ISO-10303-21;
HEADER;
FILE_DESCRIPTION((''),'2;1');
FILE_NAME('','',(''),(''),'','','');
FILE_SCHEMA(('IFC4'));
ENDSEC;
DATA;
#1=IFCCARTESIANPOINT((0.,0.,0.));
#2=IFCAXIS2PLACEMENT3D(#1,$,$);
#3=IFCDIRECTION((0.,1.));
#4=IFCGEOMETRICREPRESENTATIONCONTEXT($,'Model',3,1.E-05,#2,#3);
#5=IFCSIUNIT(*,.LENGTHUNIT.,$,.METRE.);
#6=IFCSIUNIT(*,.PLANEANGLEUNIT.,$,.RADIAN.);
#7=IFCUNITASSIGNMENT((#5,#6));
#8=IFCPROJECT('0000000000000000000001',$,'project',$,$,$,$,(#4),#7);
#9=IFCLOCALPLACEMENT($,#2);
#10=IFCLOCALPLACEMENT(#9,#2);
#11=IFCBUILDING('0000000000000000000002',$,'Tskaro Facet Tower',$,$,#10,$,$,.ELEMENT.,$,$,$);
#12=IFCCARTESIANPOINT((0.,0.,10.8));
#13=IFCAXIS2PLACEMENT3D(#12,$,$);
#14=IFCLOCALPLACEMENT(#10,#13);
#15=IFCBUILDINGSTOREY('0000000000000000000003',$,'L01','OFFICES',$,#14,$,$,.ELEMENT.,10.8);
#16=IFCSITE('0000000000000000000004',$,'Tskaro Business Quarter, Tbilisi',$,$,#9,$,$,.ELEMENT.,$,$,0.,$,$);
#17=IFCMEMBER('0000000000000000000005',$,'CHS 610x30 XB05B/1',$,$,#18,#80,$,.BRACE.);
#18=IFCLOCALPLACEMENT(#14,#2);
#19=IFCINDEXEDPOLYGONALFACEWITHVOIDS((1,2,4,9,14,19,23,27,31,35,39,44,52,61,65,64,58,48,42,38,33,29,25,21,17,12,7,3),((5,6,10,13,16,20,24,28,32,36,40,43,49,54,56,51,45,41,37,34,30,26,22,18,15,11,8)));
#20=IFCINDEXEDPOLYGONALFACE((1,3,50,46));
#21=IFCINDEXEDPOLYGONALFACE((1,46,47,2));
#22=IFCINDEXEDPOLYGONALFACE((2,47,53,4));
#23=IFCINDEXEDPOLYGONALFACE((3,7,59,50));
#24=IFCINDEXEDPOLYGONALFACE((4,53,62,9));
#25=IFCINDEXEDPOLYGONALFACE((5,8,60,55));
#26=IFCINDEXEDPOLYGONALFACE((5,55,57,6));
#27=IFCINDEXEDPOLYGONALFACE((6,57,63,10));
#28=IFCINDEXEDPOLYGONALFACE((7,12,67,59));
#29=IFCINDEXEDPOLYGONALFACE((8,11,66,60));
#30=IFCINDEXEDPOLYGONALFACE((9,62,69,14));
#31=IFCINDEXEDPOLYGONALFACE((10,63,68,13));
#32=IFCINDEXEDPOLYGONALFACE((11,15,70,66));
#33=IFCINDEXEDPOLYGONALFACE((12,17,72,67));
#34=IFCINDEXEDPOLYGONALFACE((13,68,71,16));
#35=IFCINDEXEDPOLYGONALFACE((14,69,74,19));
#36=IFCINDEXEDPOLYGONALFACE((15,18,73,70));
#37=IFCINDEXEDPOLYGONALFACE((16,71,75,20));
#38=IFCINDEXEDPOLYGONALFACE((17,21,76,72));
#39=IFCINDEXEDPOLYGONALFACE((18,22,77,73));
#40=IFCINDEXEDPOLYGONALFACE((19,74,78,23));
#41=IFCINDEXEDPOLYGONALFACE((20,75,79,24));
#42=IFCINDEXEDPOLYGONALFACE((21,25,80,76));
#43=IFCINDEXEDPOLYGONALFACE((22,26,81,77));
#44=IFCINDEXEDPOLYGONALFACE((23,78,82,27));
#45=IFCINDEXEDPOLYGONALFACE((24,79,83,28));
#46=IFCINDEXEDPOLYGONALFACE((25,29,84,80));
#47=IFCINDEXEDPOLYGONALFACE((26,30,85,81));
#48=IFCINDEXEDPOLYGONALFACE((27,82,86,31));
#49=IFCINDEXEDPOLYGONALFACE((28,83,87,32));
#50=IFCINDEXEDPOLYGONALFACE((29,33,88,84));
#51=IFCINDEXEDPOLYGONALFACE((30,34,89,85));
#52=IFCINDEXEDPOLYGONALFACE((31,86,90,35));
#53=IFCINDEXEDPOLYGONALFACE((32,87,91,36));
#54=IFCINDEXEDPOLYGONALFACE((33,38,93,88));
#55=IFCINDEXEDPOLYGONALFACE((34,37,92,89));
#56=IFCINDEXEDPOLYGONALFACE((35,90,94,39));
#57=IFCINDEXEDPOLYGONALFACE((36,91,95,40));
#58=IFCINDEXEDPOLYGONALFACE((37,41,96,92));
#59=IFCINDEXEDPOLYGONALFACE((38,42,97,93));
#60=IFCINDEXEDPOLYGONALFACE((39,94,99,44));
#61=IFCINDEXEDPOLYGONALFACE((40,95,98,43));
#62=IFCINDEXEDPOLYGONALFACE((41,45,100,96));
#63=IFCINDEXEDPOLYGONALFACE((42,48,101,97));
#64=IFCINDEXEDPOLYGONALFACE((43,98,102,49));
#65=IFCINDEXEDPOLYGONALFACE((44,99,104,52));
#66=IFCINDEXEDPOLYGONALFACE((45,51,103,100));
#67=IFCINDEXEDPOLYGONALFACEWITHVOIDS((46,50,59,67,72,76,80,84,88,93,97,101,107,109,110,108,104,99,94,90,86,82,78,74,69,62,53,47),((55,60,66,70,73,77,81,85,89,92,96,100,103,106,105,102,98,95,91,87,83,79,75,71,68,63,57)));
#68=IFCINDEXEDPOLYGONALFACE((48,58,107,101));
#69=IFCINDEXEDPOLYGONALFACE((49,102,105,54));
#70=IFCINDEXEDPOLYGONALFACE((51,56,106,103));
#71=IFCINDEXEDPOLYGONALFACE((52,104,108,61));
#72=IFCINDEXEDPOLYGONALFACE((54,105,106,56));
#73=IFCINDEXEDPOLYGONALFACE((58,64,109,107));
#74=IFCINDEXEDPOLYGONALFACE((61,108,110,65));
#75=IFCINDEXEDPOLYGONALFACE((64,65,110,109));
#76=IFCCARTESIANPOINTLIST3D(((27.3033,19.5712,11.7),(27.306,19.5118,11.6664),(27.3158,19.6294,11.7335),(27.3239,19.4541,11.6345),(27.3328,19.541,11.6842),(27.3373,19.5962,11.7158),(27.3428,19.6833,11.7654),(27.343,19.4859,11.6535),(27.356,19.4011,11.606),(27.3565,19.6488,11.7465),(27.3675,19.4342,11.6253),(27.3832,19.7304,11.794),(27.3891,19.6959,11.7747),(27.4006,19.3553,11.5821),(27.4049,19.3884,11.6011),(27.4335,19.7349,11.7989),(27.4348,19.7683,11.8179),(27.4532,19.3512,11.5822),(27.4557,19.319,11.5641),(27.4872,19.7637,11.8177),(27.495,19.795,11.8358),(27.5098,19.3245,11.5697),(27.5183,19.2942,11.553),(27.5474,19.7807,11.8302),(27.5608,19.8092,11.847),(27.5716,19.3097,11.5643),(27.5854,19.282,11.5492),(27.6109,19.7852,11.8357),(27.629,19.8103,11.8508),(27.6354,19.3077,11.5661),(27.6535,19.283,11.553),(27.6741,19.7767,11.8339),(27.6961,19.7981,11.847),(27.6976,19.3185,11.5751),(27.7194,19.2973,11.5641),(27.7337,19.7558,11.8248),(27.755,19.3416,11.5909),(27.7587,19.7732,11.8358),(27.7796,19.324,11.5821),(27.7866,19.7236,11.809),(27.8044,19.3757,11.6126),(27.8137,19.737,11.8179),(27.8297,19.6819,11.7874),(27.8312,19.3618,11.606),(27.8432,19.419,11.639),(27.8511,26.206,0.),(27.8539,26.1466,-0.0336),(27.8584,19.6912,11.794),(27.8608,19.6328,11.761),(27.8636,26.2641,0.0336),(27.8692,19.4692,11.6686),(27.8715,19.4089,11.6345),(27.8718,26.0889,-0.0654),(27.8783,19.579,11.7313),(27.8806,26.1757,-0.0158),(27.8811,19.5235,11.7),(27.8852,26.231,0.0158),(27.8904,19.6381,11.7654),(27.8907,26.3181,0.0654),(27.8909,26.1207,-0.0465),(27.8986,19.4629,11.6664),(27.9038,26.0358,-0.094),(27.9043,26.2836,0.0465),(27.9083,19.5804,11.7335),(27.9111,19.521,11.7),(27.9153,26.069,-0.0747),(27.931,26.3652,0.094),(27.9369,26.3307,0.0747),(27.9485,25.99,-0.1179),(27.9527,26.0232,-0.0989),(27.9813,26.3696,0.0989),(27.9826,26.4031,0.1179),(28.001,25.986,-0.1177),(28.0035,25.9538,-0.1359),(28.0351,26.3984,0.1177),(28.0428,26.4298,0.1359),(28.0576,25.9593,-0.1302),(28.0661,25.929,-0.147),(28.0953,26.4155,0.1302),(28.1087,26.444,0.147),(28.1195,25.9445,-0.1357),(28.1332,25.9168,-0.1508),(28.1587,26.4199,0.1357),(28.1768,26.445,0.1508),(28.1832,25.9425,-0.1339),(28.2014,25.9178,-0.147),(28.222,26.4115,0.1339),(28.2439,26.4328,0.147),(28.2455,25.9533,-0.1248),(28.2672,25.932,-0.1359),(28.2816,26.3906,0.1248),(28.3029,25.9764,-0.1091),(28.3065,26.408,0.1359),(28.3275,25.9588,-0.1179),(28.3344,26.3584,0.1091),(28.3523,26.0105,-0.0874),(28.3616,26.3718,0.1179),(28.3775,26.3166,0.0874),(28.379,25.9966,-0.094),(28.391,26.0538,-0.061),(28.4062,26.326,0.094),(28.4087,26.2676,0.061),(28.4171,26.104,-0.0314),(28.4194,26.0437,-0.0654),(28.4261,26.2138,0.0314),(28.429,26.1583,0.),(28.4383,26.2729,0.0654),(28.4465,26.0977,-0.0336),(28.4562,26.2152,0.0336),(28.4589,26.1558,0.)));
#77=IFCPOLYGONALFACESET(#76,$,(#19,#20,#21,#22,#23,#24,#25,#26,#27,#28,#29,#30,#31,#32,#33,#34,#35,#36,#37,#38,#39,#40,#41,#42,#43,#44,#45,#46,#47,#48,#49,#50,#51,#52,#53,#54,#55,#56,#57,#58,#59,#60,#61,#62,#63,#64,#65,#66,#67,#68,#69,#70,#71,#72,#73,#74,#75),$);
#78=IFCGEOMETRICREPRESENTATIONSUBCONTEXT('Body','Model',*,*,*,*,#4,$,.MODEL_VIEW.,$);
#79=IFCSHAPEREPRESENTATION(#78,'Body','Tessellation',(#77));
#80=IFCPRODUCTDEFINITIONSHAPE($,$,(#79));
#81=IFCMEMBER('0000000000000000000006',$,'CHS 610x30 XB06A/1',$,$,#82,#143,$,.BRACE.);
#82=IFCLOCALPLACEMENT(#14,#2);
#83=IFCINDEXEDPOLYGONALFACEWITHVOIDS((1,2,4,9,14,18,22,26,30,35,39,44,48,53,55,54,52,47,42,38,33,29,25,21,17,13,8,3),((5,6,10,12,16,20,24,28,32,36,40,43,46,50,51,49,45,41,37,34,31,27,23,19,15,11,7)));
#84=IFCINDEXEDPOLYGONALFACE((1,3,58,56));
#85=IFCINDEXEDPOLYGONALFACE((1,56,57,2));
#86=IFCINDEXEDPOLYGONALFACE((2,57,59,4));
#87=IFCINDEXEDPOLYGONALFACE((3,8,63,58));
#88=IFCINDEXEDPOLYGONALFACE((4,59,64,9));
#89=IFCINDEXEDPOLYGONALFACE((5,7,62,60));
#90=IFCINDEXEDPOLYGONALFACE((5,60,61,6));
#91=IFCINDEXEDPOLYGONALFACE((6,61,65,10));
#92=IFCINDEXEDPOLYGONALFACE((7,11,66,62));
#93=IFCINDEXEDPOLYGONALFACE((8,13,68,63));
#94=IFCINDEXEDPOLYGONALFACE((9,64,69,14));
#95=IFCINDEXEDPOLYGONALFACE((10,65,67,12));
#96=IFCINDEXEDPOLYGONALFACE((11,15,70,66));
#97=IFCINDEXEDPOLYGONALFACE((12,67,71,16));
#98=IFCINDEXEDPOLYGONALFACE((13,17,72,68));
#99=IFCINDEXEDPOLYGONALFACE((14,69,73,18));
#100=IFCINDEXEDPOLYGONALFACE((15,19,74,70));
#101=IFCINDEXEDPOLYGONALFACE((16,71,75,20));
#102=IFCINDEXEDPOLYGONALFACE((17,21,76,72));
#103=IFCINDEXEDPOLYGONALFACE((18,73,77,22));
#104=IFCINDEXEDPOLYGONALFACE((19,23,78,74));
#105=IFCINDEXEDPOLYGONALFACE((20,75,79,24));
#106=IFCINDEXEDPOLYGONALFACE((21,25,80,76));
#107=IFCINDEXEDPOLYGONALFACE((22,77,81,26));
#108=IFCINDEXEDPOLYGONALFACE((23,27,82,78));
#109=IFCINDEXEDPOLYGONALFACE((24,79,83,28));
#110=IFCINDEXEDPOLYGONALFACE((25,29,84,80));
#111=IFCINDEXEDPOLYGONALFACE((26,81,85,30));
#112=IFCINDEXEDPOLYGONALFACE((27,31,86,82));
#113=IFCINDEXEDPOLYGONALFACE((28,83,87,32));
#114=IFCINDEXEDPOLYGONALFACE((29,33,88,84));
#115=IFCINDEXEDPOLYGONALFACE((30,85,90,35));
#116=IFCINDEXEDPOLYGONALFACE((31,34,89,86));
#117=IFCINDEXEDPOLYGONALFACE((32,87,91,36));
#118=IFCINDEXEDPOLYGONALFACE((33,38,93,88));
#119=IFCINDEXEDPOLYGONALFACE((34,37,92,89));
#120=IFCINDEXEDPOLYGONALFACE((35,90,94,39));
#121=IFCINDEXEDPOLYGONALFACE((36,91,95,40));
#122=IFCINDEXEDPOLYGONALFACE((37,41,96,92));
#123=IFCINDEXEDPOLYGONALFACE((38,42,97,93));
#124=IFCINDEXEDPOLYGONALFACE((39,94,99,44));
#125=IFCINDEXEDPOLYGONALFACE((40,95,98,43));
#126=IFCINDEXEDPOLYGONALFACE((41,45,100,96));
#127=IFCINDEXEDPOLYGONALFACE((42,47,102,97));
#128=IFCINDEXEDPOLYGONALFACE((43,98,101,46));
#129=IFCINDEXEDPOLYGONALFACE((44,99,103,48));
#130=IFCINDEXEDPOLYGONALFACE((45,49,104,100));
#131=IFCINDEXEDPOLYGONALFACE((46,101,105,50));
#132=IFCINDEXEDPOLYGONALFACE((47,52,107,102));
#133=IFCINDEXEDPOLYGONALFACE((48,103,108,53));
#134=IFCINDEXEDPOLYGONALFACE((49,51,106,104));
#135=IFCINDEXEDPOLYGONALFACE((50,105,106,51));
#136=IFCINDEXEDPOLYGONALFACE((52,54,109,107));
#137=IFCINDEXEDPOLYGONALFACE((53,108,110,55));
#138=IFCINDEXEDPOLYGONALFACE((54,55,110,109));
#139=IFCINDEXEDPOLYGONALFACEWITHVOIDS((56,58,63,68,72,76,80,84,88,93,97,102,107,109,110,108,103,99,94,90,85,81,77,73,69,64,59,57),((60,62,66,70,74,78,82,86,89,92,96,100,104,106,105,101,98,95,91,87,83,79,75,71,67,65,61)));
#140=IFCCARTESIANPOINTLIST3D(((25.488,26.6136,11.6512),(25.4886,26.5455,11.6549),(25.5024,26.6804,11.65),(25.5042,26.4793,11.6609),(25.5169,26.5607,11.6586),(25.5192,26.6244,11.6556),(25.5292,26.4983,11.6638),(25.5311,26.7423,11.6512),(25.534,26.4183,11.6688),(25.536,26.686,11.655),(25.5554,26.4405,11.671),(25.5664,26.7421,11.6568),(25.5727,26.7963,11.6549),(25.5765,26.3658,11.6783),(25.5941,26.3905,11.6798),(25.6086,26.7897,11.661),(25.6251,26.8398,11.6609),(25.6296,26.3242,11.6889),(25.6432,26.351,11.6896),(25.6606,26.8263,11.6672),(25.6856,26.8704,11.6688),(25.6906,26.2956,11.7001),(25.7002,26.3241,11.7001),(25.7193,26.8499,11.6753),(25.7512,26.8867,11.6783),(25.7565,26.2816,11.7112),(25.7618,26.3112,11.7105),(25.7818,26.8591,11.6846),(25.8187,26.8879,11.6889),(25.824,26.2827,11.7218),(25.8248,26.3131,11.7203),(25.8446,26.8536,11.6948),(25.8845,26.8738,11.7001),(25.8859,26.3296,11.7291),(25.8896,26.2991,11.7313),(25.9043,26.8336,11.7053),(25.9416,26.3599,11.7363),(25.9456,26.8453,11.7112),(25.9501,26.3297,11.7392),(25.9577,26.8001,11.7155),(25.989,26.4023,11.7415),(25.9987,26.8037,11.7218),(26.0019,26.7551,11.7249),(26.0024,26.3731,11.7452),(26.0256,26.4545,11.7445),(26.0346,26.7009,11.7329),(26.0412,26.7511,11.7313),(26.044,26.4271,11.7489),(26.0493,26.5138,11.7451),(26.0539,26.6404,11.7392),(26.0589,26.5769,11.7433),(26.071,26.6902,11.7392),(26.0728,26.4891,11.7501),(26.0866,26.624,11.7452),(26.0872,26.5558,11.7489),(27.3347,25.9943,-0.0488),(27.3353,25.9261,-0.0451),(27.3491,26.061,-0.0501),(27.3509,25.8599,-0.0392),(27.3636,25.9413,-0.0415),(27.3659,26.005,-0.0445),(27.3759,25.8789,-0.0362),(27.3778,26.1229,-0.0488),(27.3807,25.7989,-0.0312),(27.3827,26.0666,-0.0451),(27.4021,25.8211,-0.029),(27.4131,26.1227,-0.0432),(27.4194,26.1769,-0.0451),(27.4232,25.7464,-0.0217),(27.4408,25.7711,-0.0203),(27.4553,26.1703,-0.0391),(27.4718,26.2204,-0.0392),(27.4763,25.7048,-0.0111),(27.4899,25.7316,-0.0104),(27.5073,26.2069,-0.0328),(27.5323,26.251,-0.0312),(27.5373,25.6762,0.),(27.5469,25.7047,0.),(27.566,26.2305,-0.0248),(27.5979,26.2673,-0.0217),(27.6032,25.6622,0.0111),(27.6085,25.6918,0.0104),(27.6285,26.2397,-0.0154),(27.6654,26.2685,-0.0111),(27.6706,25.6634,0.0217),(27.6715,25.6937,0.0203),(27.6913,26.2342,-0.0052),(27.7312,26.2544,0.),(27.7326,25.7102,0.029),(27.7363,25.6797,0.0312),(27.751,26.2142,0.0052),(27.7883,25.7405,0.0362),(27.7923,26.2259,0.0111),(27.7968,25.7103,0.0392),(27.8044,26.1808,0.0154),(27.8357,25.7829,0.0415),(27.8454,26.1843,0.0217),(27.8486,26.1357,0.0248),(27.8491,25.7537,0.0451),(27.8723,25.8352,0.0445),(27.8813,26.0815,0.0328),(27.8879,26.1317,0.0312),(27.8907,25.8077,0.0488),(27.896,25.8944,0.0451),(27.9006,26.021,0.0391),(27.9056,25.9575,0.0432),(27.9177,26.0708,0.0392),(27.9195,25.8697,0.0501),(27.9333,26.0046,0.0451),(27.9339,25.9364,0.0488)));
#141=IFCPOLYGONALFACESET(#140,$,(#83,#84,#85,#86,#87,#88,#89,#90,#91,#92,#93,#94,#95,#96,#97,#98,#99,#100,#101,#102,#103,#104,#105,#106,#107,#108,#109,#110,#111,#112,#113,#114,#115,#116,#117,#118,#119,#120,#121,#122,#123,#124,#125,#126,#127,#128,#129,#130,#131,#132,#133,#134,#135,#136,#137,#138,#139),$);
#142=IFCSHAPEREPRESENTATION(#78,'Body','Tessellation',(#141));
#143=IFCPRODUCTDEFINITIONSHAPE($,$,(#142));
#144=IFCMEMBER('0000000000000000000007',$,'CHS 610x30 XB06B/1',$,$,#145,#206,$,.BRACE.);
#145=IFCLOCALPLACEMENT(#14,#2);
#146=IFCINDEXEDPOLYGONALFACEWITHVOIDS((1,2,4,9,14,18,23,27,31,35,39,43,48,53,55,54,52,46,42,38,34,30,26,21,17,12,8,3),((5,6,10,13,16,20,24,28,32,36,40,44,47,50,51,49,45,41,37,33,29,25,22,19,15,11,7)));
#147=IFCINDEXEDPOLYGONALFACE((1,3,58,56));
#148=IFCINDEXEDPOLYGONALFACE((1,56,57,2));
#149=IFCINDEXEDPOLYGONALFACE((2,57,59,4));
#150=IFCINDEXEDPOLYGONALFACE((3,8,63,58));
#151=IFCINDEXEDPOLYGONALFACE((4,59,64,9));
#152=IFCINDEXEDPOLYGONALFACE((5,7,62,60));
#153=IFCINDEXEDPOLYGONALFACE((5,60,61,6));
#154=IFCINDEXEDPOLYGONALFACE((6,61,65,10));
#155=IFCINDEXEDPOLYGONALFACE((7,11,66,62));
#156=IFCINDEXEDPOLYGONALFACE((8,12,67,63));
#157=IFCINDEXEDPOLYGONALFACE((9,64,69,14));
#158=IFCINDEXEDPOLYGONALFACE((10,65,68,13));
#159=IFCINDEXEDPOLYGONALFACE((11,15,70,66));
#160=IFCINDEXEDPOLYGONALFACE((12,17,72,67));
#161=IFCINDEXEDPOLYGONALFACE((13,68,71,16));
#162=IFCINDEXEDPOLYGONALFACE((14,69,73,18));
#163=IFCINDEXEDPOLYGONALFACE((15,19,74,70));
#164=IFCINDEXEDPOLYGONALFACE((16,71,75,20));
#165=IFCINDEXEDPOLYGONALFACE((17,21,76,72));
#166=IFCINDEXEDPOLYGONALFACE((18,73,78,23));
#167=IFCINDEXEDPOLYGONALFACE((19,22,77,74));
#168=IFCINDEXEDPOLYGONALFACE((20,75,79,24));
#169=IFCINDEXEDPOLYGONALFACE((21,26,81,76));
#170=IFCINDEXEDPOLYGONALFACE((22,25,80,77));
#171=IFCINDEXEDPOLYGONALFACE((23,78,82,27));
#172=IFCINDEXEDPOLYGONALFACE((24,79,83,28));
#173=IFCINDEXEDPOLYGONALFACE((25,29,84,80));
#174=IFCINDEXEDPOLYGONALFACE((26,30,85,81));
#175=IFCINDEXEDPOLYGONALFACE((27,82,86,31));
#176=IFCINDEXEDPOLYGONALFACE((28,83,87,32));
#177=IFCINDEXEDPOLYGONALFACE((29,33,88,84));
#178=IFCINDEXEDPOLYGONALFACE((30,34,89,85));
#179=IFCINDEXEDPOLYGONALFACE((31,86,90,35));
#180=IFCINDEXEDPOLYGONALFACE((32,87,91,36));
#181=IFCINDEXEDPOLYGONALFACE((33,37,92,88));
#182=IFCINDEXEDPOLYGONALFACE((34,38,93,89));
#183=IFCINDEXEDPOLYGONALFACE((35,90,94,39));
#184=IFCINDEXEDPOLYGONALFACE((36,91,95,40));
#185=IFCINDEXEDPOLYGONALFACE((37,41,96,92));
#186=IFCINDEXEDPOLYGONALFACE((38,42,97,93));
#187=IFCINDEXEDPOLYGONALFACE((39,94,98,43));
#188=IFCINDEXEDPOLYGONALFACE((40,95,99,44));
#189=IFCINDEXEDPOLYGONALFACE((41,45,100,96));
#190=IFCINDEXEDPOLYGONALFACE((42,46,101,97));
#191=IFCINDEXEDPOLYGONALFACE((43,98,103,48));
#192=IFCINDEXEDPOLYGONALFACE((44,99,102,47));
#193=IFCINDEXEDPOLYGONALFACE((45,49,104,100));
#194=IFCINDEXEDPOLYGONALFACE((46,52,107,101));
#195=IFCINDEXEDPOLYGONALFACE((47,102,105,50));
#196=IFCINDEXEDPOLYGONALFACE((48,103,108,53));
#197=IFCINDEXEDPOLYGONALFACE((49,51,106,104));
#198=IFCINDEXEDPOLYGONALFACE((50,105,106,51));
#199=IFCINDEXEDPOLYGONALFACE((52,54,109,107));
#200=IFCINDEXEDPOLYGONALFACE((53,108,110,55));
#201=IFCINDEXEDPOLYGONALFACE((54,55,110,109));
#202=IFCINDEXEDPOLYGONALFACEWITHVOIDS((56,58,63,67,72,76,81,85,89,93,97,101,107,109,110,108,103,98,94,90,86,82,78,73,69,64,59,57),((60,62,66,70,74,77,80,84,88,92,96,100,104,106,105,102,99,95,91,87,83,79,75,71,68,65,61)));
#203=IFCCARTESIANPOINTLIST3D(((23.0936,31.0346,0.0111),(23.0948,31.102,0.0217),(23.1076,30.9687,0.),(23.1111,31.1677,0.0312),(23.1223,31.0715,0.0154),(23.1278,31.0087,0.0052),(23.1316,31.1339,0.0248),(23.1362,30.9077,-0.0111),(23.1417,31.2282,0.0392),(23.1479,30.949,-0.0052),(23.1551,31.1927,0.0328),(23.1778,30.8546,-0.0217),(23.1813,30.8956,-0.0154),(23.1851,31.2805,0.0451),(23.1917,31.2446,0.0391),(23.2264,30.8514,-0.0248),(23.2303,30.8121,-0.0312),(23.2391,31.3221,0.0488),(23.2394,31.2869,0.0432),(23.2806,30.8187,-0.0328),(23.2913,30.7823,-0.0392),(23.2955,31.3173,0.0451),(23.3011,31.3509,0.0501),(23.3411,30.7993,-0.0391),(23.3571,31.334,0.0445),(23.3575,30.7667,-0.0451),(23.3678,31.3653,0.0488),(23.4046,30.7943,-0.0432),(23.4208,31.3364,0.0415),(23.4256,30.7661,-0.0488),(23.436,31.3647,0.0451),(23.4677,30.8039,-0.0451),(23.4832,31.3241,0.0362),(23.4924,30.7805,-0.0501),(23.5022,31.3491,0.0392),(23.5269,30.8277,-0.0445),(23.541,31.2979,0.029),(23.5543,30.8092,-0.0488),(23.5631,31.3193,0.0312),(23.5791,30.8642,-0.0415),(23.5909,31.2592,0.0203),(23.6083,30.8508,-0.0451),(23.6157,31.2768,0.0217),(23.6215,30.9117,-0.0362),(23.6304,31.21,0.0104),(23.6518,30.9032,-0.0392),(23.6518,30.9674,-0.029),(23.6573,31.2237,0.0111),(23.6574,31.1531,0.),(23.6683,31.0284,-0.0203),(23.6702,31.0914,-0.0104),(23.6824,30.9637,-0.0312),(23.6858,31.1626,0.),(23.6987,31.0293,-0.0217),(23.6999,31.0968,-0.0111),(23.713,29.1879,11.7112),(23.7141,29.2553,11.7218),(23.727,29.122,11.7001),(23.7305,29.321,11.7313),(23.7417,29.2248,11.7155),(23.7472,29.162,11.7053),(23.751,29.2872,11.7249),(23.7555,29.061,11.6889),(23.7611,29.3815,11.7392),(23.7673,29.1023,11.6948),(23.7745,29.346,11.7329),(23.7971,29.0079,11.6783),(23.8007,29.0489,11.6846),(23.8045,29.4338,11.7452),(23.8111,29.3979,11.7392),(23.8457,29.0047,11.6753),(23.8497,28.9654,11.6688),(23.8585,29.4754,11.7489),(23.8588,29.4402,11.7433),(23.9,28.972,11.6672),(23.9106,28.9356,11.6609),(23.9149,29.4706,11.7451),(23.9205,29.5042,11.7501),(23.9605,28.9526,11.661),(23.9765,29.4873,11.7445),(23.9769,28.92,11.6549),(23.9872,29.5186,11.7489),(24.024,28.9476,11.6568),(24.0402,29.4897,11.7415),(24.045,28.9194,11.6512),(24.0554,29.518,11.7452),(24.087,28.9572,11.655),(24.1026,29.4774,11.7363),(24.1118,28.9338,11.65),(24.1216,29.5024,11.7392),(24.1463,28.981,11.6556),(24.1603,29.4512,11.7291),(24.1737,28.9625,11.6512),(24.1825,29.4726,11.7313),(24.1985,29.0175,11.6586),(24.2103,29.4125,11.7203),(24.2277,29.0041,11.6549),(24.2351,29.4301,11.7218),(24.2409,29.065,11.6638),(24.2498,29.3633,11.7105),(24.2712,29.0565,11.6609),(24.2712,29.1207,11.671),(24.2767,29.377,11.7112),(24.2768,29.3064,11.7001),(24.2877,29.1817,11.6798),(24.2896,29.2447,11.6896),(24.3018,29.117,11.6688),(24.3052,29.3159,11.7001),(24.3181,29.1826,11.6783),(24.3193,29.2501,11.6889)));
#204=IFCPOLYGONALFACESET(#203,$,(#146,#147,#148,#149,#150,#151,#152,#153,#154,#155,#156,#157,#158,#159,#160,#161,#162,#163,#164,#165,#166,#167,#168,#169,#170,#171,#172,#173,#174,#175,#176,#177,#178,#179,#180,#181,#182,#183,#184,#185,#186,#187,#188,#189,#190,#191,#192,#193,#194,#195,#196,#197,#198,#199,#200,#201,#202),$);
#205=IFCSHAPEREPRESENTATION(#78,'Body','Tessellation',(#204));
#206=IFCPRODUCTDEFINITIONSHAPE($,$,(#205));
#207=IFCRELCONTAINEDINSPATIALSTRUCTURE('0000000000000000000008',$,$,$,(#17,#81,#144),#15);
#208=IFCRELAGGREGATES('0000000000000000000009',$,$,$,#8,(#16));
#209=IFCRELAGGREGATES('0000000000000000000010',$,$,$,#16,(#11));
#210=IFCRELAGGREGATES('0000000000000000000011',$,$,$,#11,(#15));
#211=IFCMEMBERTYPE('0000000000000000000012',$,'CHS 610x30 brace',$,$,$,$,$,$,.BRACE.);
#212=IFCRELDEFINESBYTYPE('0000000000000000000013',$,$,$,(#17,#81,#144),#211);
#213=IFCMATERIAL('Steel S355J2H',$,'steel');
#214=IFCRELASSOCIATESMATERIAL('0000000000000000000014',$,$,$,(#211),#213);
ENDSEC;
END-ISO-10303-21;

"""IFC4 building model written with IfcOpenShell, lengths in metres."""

from ifc_helpers import new_model, si_unit, direction, frame, origin, origin_2d, place, context, subcontext, project, spatial, hollow_circle, extrude, material, material_profile, profile_set, type_object, element, save


model = new_model("IFC4")

# Units and contexts
model_context = context("Model", 3, precision=1e-05, world=origin(), true_north=direction((0.0, 1.0)))
body_context = subcontext(model_context, "Body", "Model", "MODEL_VIEW")
ifc_project = project(units=[si_unit("LENGTHUNIT", "METRE"), si_unit("PLANEANGLEUNIT", "RADIAN")], contexts=[model_context])

# Site, building, storey
site_placement = place(None, origin())
site = spatial("IfcSite", under=ifc_project, at=site_placement, Name="Tskaro Business Quarter, Tbilisi", CompositionType="ELEMENT", RefElevation=0.0)
building_placement = place(site_placement, origin())
building = spatial("IfcBuilding", under=site, at=building_placement, Name="Tskaro Facet Tower", CompositionType="ELEMENT")
storey_placement = place(building_placement, frame((0.0, 0.0, 10.8)))
storey = spatial("IfcBuildingStorey", under=building, at=storey_placement, Name="L01", Description="OFFICES", CompositionType="ELEMENT", Elevation=10.8)

# Shared definitions
ifc_material_1 = material(Name="Steel S355J2H", Category="steel")

# Members
ifc_material_profile_1 = material_profile(ifc_material_1, hollow_circle(Radius=0.3049, WallThickness=0.03, at=origin_2d()), Name="CHS 610x30")
ifc_profile_set_1 = profile_set([ifc_material_profile_1], Name="Steel S355J2H")
member_type_1 = type_object("IfcMemberType", Name="CHS 610x30 brace", PredefinedType="BRACE", material=ifc_profile_set_1)
member_1_placement = place(storey_placement, frame((28.155, 26.1809, 0.0), z_axis=(-0.040698, -0.492874, 0.869149), x_axis=(0.996608, -0.082293, 0.0)))
element("IfcMember", 1, at=member_1_placement, inside=storey, type_object=member_type_1, Name="CHS 610x30 XB05B/1", PredefinedType="BRACE", context=body_context, shape_type="SweptSolid", body=[
    extrude(hollow_circle(Radius=0.3049, WallThickness=0.03, at=origin_2d()), origin(), (0.0, 0.0, 1.0), 13.4614),
])
for number, where, z_axis, x_axis, name in (
    (2, (27.6343, 25.9653, 0.0), (-0.155694, 0.05222, 0.986424), (-0.317995, -0.948093, 0.0), "CHS 610x30 XB06A/1"),
    (3, (23.3967, 31.0657, 0.0), (0.05222, -0.155694, 0.986424), (0.948093, 0.317995, 0.0), "CHS 610x30 XB06B/1"),
):
    element("IfcMember", number, at=place(storey_placement, frame(where, z_axis=z_axis, x_axis=x_axis)), inside=storey, type_object=member_type_1, Name=name, PredefinedType="BRACE", context=body_context, shape_type="SweptSolid", body=[
        extrude(hollow_circle(Radius=0.3049, WallThickness=0.03, at=origin_2d()), origin(), (0.0, 0.0, 1.0), 11.8611),
    ])

save(model, "model.ifc")
